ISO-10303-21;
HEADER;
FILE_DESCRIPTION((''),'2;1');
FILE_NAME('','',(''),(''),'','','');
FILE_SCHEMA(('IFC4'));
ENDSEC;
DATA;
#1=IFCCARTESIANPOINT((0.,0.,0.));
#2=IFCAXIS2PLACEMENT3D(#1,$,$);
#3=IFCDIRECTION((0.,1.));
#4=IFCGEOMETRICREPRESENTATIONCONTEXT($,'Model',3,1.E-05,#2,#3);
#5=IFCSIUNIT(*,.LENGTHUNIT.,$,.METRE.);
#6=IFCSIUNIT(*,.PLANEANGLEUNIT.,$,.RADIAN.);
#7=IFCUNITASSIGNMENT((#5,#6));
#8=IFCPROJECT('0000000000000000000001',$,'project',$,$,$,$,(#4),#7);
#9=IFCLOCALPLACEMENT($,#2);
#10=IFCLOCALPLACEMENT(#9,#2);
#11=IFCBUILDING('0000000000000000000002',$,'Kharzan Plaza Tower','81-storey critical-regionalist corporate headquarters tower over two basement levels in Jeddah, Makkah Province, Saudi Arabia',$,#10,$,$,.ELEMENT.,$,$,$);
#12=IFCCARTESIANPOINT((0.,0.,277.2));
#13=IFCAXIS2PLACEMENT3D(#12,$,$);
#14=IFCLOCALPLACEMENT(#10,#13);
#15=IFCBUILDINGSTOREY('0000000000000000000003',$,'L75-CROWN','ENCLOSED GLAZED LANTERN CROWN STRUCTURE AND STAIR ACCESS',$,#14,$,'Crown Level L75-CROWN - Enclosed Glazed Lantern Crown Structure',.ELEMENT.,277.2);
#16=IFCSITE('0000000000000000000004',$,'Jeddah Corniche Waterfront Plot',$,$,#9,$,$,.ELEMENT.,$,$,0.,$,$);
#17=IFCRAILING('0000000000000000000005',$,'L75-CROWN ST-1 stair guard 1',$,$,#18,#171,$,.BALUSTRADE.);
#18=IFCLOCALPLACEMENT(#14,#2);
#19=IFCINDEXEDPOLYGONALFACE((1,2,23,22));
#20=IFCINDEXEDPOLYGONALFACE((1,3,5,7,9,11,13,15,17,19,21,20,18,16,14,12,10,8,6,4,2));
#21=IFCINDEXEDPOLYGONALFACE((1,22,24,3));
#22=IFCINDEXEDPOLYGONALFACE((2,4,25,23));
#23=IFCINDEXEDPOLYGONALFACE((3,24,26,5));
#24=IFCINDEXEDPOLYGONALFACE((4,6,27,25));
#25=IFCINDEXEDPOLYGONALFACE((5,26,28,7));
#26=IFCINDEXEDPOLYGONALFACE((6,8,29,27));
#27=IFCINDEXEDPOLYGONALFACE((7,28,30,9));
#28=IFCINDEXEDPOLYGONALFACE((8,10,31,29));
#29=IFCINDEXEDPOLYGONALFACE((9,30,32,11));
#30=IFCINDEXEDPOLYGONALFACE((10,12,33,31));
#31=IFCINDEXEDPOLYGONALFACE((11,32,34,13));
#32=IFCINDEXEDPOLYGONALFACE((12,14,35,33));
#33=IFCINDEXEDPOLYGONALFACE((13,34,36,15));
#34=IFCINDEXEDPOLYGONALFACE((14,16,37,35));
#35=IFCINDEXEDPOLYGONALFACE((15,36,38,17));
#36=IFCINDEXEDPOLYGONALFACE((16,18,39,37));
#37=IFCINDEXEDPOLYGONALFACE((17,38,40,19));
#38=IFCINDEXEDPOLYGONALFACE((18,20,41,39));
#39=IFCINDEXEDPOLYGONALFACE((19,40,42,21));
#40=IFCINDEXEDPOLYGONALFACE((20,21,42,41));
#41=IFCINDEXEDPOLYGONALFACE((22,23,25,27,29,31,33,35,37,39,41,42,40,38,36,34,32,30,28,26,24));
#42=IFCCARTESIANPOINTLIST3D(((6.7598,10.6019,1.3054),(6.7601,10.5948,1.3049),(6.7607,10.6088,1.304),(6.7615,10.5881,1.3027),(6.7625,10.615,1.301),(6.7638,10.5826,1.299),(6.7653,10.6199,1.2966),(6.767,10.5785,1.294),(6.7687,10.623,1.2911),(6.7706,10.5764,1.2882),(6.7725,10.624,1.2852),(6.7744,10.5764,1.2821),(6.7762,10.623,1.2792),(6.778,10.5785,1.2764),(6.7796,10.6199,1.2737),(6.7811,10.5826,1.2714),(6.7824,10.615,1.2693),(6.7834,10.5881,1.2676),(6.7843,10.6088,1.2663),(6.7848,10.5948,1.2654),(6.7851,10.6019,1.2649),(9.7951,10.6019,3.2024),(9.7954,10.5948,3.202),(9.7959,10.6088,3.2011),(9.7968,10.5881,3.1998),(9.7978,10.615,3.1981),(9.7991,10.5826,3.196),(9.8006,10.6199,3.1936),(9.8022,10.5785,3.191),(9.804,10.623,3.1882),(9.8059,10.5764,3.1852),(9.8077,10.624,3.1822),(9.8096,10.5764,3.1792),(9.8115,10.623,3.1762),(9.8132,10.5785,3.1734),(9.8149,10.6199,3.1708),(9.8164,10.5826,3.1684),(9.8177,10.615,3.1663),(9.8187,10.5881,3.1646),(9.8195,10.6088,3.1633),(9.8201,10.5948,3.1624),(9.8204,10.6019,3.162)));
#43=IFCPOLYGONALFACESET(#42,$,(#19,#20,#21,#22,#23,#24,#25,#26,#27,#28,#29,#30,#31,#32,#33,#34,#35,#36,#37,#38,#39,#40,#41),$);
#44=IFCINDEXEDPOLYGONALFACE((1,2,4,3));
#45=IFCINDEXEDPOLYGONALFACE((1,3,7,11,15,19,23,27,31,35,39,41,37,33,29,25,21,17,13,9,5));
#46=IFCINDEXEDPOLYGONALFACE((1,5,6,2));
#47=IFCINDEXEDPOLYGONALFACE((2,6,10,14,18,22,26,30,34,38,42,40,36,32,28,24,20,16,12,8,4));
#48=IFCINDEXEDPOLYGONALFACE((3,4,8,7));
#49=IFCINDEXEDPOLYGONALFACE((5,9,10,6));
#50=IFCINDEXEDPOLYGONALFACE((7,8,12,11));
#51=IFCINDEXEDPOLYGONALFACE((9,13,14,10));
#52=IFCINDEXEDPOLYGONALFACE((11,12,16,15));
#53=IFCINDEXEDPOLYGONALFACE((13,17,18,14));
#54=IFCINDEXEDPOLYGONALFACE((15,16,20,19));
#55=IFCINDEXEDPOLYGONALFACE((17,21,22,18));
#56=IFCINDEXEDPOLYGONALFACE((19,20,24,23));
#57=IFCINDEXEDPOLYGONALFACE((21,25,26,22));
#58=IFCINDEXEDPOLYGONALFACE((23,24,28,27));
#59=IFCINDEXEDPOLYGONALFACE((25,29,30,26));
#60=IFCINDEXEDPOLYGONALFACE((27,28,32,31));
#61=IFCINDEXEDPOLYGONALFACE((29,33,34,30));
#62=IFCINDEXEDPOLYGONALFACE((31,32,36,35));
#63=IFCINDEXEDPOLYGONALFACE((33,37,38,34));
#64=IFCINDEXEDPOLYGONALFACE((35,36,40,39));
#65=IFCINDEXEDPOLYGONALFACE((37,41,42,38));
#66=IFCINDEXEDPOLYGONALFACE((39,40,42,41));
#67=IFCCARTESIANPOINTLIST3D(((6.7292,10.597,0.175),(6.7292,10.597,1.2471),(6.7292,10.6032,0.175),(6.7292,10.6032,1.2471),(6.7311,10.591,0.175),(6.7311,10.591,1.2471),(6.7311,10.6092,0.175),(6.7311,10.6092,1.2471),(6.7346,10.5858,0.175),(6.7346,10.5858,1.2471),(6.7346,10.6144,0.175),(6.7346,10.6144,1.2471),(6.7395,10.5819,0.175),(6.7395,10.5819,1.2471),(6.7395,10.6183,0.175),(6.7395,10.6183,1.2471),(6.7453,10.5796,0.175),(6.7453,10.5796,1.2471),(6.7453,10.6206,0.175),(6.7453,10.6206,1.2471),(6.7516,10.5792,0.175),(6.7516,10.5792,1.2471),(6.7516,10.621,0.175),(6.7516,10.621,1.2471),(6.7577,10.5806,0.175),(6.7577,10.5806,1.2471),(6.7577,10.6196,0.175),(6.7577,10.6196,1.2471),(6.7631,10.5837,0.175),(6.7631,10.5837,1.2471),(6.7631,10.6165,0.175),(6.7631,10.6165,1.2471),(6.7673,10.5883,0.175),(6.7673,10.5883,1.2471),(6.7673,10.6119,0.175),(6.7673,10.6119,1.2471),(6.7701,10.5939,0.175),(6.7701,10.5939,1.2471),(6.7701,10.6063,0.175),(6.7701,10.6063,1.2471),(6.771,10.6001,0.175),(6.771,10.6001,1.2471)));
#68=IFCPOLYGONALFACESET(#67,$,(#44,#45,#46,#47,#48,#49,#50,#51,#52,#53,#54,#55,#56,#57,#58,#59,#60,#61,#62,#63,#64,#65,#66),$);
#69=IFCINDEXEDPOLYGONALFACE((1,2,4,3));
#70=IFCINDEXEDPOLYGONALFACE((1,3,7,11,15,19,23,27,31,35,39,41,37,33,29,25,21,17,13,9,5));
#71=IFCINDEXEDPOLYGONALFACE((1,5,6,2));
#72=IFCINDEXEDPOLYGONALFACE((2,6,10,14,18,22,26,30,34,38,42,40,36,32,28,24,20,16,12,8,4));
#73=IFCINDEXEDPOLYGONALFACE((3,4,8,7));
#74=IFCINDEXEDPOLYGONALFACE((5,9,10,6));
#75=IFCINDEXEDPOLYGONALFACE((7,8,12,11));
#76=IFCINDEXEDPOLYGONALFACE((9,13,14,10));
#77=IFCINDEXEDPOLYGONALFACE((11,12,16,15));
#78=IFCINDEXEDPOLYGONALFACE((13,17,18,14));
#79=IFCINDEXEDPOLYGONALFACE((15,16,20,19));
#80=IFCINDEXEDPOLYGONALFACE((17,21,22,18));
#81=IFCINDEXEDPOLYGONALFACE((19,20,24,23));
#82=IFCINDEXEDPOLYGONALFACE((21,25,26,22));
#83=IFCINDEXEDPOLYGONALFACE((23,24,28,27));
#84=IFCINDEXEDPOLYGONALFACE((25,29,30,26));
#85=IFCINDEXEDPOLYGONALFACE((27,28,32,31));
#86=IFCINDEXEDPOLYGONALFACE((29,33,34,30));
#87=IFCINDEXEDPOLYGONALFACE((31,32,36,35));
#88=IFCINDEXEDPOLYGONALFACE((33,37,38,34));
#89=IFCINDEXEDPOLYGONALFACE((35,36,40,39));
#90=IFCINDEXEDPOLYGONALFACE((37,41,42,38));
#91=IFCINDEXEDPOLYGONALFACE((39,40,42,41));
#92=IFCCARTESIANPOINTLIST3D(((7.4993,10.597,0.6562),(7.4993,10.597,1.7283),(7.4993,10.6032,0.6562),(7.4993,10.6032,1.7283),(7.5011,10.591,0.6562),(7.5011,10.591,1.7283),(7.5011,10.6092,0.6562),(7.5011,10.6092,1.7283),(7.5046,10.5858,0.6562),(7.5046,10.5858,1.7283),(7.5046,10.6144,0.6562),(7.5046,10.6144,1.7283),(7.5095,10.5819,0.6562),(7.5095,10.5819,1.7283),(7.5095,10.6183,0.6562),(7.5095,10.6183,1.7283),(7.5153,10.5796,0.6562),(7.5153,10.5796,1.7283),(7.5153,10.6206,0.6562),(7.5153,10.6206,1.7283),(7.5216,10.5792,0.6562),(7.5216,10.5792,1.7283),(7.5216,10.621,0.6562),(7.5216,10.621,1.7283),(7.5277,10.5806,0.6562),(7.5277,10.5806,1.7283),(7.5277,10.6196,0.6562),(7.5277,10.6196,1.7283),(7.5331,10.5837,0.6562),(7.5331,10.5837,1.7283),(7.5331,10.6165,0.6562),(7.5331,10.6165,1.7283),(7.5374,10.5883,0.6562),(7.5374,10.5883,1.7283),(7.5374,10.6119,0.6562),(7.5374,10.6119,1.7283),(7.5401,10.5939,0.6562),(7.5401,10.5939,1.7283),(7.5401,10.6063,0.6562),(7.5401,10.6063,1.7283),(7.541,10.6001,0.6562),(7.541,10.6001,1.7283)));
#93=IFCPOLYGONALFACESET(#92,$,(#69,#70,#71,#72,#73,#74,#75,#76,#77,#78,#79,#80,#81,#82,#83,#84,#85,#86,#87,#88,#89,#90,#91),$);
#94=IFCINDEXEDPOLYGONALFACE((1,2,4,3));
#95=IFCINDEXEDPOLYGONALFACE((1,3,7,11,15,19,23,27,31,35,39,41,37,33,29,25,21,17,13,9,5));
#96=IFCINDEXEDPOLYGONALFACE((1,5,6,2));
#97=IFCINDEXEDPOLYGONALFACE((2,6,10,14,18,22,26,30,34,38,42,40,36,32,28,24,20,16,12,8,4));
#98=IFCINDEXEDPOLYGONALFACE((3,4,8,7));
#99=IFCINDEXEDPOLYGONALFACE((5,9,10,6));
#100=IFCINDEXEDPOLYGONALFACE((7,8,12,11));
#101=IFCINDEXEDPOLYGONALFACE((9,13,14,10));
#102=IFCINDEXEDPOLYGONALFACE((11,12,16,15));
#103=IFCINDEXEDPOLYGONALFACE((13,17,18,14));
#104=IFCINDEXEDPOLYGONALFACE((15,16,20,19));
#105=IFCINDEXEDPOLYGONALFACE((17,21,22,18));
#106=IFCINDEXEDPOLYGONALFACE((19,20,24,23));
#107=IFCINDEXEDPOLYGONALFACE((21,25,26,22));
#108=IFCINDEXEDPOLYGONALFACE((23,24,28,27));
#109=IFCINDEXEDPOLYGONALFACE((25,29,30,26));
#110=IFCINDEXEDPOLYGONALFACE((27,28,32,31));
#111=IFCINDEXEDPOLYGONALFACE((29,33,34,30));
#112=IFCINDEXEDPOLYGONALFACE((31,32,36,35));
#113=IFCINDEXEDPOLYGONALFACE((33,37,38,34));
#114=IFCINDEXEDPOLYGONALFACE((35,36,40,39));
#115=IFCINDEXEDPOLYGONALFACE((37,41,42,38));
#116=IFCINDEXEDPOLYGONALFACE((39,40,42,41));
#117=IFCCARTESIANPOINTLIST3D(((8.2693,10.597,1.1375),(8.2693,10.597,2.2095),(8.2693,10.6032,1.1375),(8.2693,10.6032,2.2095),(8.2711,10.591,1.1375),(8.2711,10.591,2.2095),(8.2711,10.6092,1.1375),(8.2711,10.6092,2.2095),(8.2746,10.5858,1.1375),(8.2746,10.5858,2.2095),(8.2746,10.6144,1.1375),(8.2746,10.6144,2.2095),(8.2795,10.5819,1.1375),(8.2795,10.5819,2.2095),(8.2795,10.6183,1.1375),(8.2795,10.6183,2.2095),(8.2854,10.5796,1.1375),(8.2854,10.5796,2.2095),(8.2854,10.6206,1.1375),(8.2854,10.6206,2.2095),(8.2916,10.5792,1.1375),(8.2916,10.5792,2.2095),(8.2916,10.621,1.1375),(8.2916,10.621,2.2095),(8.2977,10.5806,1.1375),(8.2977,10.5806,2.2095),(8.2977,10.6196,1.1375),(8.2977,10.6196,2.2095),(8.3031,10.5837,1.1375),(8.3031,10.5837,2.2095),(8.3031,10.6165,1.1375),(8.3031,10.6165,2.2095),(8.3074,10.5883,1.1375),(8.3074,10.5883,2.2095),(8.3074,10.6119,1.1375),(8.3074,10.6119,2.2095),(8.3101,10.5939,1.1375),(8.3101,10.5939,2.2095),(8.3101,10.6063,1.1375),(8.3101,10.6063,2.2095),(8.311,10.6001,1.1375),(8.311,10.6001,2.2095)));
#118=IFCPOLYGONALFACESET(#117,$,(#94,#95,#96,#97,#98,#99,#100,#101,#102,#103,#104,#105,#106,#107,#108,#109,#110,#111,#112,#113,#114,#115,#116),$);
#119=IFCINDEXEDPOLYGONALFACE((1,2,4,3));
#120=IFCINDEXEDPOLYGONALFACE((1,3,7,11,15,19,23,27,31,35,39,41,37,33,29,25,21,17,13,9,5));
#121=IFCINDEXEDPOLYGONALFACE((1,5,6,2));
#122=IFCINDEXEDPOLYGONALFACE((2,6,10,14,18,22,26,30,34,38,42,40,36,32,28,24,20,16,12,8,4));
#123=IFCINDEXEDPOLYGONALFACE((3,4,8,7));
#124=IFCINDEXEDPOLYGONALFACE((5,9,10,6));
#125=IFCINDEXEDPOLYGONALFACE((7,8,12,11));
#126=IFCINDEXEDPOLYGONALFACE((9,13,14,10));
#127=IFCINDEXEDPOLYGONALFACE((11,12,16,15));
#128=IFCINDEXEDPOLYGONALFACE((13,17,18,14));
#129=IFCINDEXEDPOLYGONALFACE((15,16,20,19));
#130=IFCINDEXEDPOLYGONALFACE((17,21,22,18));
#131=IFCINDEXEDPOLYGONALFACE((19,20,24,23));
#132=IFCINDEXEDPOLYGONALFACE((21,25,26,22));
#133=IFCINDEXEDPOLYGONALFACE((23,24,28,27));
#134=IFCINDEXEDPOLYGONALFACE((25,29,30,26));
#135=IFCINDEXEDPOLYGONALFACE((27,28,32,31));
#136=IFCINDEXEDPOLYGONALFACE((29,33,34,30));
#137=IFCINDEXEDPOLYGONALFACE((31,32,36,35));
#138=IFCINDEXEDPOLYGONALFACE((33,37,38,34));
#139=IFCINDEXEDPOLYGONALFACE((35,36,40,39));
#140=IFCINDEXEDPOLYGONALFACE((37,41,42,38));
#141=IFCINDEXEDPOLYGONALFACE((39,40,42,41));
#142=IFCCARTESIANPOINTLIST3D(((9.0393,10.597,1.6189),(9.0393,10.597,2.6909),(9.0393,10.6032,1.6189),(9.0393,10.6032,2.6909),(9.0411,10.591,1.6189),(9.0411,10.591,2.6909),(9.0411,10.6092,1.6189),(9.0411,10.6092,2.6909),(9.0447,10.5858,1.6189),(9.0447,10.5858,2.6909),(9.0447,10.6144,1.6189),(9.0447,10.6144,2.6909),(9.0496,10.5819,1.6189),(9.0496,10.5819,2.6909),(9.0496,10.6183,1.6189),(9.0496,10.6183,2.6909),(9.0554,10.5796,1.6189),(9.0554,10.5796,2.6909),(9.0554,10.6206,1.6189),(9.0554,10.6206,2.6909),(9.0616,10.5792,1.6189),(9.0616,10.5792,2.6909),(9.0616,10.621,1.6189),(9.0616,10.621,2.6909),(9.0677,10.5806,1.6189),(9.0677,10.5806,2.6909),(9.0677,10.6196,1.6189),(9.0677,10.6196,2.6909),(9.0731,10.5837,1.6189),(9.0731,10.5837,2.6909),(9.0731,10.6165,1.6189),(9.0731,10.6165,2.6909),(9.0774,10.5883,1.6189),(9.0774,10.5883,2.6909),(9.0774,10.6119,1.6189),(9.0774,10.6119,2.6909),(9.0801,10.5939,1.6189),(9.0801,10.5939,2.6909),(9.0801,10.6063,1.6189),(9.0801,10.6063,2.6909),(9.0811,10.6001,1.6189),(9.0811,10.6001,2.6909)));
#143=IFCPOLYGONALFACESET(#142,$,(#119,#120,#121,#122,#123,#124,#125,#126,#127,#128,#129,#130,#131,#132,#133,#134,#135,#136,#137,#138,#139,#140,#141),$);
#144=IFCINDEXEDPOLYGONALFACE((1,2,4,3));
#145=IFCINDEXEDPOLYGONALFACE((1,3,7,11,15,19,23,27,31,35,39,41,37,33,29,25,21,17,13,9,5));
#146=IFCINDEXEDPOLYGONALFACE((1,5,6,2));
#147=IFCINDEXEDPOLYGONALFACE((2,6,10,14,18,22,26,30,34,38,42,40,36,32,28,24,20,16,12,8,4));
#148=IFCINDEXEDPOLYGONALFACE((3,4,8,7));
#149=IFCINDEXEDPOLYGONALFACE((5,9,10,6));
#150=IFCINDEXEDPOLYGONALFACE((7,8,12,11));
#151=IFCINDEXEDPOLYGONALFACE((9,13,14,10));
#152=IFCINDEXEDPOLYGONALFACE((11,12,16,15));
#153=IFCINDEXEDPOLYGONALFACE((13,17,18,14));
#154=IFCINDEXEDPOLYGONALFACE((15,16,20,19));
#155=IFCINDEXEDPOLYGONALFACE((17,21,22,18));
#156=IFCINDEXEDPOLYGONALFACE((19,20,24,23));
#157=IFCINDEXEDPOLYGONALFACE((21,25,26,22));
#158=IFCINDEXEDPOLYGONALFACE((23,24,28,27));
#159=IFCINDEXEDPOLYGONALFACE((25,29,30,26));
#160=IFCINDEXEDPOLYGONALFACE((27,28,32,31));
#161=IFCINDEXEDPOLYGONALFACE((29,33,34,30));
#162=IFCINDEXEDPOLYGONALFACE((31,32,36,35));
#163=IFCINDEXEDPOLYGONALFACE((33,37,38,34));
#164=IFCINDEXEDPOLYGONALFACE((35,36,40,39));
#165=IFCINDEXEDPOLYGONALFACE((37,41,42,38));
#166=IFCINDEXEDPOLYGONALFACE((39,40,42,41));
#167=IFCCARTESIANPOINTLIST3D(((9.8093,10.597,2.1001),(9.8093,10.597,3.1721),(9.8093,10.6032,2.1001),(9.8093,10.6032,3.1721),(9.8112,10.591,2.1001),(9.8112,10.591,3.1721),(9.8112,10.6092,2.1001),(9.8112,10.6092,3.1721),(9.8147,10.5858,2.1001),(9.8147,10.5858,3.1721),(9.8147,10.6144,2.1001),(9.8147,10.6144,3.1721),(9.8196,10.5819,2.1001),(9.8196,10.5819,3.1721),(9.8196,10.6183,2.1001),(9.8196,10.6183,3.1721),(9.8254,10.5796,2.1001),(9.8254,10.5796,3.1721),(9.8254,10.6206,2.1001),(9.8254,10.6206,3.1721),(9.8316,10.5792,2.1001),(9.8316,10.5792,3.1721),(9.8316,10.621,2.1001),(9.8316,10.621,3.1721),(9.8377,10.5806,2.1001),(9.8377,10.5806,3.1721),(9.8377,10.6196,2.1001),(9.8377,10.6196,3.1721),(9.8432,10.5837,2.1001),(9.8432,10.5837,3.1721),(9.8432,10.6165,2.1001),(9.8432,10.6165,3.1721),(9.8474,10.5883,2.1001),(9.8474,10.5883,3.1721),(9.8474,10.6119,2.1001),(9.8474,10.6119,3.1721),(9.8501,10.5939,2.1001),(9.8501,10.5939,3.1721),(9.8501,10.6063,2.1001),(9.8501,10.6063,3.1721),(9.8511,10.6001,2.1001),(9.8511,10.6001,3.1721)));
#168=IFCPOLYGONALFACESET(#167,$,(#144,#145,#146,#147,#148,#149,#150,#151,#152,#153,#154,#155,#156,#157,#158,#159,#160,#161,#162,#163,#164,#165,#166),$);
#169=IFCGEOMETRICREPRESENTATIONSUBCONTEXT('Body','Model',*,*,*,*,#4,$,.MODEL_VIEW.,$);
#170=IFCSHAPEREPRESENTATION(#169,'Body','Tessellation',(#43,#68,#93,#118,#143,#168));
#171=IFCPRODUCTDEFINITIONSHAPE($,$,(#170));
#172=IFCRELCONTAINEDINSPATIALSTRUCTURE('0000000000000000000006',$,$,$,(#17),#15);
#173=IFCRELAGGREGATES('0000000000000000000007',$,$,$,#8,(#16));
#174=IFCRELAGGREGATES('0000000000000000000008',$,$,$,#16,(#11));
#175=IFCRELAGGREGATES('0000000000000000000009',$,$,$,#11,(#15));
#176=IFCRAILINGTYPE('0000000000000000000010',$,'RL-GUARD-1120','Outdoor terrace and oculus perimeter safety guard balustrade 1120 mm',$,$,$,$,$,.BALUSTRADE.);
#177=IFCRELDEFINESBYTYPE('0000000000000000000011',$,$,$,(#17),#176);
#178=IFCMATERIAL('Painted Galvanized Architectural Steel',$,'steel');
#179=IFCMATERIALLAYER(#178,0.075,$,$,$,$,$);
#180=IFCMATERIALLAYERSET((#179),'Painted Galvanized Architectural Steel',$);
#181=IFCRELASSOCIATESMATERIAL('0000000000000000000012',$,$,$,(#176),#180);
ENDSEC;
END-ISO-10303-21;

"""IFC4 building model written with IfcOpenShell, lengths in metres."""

from ifc_helpers import new_model, si_unit, direction, frame, origin, origin_2d, place, context, subcontext, project, spatial, circle, extrude, source, transform, mapped, material, layer, layer_set, type_object, element, save


model = new_model("IFC4")

# Units and contexts
model_context = context("Model", 3, precision=1e-05, world=origin(), true_north=direction((0.0, 1.0)))
body_context = subcontext(model_context, "Body", "Model", "MODEL_VIEW")
ifc_project = project(units=[si_unit("LENGTHUNIT", "METRE"), si_unit("PLANEANGLEUNIT", "RADIAN")], contexts=[model_context])

# Site, building, storey
site_placement = place(None, origin())
site = spatial("IfcSite", under=ifc_project, at=site_placement, Name="Jeddah Corniche Waterfront Plot", CompositionType="ELEMENT", RefElevation=0.0)
building_placement = place(site_placement, origin())
building = spatial("IfcBuilding", under=site, at=building_placement, Name="Kharzan Plaza Tower", Description="81-storey critical-regionalist corporate headquarters tower over two basement levels in Jeddah, Makkah Province, Saudi Arabia", CompositionType="ELEMENT")
storey_placement = place(building_placement, frame((0.0, 0.0, 277.2)))
storey = spatial("IfcBuildingStorey", under=building, at=storey_placement, Name="L75-CROWN", Description="ENCLOSED GLAZED LANTERN CROWN STRUCTURE AND STAIR ACCESS", LongName="Crown Level L75-CROWN - Enclosed Glazed Lantern Crown Structure", CompositionType="ELEMENT", Elevation=277.2)

# Railing
ifc_material_1 = material(Name="Painted Galvanized Architectural Steel", Category="steel")
ifc_layer_1 = layer(ifc_material_1, 0.075)
ifc_layer_set_1 = layer_set([ifc_layer_1], Name="Painted Galvanized Architectural Steel")
railing_type_1 = type_object("IfcRailingType", Name="RL-GUARD-1120", Description="Outdoor terrace and oculus perimeter safety guard balustrade 1120 mm", PredefinedType="BALUSTRADE", material=ifc_layer_set_1)
shared_shape_1 = source(origin(), body_context, "Body", "SweptSolid", [
    extrude(circle(Radius=0.0239, at=origin_2d()), frame((0.0225, 0.0, 1.1101), z_axis=(0.847998, 0.0, 0.529999), x_axis=(0.0, 1.0, 0.0)), (0.0, 0.0, 1.0), 3.5793),
    extrude(circle(Radius=0.021, at=origin_2d()), origin(), (0.0, 0.0, 1.0), 1.072),
    extrude(circle(Radius=0.021, at=origin_2d()), frame((0.77, 0.0, 0.4812)), (0.0, 0.0, 1.0), 1.072),
    extrude(circle(Radius=0.021, at=origin_2d()), frame((1.54, 0.0, 0.9624)), (0.0, 0.0, 1.0), 1.072),
    extrude(circle(Radius=0.021, at=origin_2d()), frame((2.3101, 0.0, 1.4438)), (0.0, 0.0, 1.0), 1.072),
    extrude(circle(Radius=0.021, at=origin_2d()), frame((3.0801, 0.0, 1.925)), (0.0, 0.0, 1.0), 1.072),
])
railing_1_placement = place(storey_placement, frame((6.75, 10.6001, 0.175)))
element("IfcRailing", 1, at=railing_1_placement, inside=storey, type_object=railing_type_1, Name="L75-CROWN ST-1 stair guard 1", PredefinedType="BALUSTRADE", context=body_context, shape_type="MappedRepresentation", body=[
    mapped(shared_shape_1, transform((0.0, 0.0, 0.0), x_axis=(1.0, 0.0, 0.0), y_axis=(0.0, 1.0, 0.0), z_axis=(0.0, 0.0, 1.0))),
])

save(model, "model.ifc")
